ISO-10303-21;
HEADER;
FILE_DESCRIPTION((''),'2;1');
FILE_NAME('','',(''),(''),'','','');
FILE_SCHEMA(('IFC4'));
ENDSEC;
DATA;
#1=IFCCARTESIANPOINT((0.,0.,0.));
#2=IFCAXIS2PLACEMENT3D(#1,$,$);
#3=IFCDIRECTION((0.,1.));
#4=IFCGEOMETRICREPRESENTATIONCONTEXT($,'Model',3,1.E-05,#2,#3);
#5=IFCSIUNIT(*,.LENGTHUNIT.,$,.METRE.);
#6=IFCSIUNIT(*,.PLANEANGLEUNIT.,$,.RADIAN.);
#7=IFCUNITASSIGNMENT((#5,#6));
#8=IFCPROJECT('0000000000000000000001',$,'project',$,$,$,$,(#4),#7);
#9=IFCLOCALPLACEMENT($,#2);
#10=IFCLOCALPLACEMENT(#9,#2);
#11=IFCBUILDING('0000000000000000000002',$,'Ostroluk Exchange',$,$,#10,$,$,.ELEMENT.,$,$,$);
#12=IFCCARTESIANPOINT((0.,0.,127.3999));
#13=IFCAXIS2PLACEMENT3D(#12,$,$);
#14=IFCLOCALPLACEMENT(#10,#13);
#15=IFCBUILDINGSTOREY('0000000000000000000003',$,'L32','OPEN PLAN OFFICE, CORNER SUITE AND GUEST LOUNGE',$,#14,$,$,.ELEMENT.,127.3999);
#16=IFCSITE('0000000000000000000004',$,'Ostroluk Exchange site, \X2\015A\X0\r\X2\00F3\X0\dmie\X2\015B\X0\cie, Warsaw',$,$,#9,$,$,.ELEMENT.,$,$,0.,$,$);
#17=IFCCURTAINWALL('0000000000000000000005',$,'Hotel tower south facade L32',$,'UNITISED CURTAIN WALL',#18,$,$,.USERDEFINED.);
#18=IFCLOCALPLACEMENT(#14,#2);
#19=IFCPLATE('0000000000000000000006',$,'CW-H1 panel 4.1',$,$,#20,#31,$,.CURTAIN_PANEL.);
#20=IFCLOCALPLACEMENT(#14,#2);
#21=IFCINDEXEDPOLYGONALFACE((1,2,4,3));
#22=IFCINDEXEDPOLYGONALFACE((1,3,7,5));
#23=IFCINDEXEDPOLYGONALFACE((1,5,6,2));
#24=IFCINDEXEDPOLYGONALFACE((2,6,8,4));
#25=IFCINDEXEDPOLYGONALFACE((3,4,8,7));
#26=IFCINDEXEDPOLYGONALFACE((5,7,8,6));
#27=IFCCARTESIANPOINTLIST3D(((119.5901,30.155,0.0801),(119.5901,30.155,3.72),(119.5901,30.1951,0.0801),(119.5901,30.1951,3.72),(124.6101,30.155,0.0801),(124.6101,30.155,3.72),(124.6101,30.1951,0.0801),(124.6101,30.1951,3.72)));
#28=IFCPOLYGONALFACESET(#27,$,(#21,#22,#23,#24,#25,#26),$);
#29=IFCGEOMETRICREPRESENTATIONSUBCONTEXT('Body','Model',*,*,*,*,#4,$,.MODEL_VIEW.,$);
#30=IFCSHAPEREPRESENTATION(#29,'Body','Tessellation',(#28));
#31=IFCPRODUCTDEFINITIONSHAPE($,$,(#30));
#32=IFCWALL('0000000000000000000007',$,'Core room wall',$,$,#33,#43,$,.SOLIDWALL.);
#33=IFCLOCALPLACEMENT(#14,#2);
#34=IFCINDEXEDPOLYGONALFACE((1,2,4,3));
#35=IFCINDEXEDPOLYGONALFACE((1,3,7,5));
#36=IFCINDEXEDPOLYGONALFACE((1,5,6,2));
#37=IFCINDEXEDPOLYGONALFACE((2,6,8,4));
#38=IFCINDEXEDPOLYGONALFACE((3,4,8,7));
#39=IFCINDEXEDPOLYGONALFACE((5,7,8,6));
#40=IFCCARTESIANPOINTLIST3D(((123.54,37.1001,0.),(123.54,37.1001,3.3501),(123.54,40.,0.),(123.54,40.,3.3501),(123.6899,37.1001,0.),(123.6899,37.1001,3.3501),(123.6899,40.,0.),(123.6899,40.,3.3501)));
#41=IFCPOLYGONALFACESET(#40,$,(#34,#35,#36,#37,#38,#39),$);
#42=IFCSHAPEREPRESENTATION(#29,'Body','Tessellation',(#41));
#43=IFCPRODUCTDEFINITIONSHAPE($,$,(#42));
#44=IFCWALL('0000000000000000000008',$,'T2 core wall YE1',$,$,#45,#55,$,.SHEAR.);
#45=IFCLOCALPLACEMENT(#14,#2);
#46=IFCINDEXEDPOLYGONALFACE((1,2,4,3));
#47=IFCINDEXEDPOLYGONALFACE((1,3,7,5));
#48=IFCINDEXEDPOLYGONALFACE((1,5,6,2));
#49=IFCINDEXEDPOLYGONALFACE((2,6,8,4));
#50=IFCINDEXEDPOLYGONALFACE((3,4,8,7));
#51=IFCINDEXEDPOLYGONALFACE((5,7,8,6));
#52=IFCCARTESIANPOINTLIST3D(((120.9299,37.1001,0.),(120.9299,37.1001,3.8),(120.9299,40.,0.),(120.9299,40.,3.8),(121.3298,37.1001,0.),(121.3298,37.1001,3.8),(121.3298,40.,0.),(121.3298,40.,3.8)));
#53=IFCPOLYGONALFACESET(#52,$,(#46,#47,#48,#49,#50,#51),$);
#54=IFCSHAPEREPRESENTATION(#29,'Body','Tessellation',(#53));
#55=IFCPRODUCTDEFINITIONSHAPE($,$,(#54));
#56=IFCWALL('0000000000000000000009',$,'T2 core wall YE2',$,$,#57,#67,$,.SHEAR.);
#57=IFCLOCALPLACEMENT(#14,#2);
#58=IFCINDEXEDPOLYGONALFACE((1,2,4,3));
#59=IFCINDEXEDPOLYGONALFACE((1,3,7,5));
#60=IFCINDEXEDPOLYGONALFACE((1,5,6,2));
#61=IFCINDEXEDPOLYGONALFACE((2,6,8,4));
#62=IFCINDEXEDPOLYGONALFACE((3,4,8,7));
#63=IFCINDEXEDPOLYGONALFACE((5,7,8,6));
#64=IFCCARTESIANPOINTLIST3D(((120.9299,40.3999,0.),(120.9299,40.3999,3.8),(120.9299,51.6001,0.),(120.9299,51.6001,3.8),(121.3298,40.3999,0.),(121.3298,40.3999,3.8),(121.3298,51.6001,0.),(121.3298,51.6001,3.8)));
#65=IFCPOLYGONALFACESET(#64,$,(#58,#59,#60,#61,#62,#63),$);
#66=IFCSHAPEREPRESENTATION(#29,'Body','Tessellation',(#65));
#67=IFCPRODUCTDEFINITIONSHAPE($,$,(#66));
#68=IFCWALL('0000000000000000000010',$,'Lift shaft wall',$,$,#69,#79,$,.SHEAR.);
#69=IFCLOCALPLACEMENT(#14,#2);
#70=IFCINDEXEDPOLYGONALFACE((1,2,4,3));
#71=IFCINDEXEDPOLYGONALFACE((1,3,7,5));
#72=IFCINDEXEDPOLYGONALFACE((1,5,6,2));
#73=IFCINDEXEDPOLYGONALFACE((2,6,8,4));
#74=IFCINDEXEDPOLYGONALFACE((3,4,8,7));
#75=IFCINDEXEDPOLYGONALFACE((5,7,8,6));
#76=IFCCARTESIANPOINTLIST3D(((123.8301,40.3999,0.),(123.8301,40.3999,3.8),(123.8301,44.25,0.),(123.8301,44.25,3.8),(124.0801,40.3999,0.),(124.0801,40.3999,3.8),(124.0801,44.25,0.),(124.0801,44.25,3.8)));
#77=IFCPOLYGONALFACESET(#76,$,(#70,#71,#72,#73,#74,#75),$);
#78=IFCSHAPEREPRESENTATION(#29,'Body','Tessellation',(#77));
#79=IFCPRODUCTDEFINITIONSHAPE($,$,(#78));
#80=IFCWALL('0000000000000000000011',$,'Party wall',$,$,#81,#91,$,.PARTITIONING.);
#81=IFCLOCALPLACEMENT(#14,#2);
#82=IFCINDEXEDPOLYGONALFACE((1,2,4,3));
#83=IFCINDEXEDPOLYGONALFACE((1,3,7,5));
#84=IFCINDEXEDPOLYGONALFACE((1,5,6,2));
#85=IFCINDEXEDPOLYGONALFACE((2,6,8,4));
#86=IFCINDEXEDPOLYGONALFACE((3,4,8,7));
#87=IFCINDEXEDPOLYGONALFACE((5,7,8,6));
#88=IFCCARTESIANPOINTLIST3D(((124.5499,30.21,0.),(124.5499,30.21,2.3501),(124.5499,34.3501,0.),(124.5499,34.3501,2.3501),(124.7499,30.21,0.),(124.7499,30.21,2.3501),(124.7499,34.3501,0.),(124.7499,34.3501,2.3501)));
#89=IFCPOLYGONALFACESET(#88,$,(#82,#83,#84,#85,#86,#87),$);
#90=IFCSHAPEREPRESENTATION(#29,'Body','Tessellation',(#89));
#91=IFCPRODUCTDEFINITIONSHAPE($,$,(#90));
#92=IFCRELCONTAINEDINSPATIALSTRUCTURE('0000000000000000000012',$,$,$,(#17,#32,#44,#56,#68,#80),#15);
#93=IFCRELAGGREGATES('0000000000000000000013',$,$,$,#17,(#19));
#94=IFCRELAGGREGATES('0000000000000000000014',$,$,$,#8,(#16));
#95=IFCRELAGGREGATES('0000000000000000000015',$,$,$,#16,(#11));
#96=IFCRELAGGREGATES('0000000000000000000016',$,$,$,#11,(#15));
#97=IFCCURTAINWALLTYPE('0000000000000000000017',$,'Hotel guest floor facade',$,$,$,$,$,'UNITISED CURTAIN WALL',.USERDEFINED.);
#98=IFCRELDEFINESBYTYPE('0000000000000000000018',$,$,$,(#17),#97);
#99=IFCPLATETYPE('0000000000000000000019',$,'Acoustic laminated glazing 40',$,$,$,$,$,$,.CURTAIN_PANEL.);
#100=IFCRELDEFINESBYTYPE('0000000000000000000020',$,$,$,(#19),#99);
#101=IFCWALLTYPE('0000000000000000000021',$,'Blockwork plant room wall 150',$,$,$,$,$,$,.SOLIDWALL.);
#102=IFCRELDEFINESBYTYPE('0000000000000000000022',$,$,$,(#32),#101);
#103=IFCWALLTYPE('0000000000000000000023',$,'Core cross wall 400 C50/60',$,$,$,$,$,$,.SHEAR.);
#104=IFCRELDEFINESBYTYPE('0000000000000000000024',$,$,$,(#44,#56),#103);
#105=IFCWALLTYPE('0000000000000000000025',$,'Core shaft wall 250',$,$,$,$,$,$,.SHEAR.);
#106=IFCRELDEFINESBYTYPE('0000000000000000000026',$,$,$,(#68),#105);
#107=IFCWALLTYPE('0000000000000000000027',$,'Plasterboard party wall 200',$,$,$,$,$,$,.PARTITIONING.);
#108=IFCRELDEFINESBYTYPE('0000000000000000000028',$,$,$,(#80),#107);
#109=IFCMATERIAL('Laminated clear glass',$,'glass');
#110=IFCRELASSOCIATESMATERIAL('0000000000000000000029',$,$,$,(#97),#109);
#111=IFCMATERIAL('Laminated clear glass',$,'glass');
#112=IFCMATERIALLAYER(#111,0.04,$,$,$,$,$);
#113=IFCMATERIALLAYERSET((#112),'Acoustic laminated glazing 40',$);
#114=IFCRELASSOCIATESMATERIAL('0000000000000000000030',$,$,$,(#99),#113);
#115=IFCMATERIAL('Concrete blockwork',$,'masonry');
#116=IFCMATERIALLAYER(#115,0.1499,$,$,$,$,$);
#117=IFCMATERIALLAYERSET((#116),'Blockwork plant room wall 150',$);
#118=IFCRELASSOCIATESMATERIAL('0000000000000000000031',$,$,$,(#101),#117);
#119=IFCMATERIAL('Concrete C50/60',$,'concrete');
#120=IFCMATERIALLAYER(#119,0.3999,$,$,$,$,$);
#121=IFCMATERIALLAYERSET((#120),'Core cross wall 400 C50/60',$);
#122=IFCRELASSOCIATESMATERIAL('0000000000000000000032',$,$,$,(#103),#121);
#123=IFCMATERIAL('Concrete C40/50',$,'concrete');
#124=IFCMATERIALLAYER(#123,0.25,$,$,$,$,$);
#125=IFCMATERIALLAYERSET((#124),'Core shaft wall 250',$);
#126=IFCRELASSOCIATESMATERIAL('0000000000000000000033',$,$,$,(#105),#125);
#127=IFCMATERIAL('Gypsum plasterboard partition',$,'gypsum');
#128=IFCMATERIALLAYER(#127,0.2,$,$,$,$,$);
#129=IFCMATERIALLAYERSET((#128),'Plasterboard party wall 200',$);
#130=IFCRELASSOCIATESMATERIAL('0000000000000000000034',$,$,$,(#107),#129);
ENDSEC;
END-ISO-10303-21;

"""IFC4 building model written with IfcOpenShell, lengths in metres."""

from ifc_helpers import new_model, si_unit, direction, frame, frame_2d, origin, origin_2d, place, context, subcontext, project, spatial, rectangle, extrude, material, layer, layer_set, type_object, element, aggregate, save


model = new_model("IFC4")

# Units and contexts
model_context = context("Model", 3, precision=1e-05, world=origin(), true_north=direction((0.0, 1.0)))
body_context = subcontext(model_context, "Body", "Model", "MODEL_VIEW")
ifc_project = project(units=[si_unit("LENGTHUNIT", "METRE"), si_unit("PLANEANGLEUNIT", "RADIAN")], contexts=[model_context])

# Site, building, storey
site_placement = place(None, origin())
site = spatial("IfcSite", under=ifc_project, at=site_placement, Name="Ostroluk Exchange site, Śródmieście, Warsaw", CompositionType="ELEMENT", RefElevation=0.0)
building_placement = place(site_placement, origin())
building = spatial("IfcBuilding", under=site, at=building_placement, Name="Ostroluk Exchange", CompositionType="ELEMENT")
storey_placement = place(building_placement, frame((0.0, 0.0, 127.3999)))
storey = spatial("IfcBuildingStorey", under=building, at=storey_placement, Name="L32", Description="OPEN PLAN OFFICE, CORNER SUITE AND GUEST LOUNGE", CompositionType="ELEMENT", Elevation=127.3999)

# Curtain wall, plate
ifc_material_1 = material(Name="Laminated clear glass", Category="glass")
curtain_wall_type = type_object("IfcCurtainWallType", Name="Hotel guest floor facade", ElementType="UNITISED CURTAIN WALL", PredefinedType="USERDEFINED", material=ifc_material_1)
curtain_wall_placement = place(storey_placement, origin())
curtain_wall = element("IfcCurtainWall", 1, at=curtain_wall_placement, inside=storey, type_object=curtain_wall_type, Name="Hotel tower south facade L32", ObjectType="UNITISED CURTAIN WALL", PredefinedType="USERDEFINED")
ifc_material_2 = material(Name="Laminated clear glass", Category="glass")
ifc_layer_1 = layer(ifc_material_2, 0.04)
ifc_layer_set_1 = layer_set([ifc_layer_1], Name="Acoustic laminated glazing 40")
plate_type = type_object("IfcPlateType", Name="Acoustic laminated glazing 40", PredefinedType="CURTAIN_PANEL", material=ifc_layer_set_1)
plate_placement = place(storey_placement, frame((122.1001, 30.175, 0.0801), z_axis=(0.0, 0.0, 1.0), x_axis=(1.0, 0.0, 0.0)))
plate = element("IfcPlate", 2, at=plate_placement, type_object=plate_type, Name="CW-H1 panel 4.1", PredefinedType="CURTAIN_PANEL", context=body_context, shape_type="SweptSolid", body=[
    extrude(rectangle(XDim=5.02, YDim=0.04, at=origin_2d()), origin(), (0.0, 0.0, 1.0), 3.6399),
])
aggregate(curtain_wall, [plate])

# Walls
ifc_material_3 = material(Name="Concrete blockwork", Category="masonry")
ifc_layer_2 = layer(ifc_material_3, 0.1499)
ifc_layer_set_2 = layer_set([ifc_layer_2], Name="Blockwork plant room wall 150")
wall_type_1 = type_object("IfcWallType", Name="Blockwork plant room wall 150", PredefinedType="SOLIDWALL", material=ifc_layer_set_2)
wall_1_placement = place(storey_placement, frame((123.615, 37.1001, 0.0), z_axis=(0.0, 0.0, 1.0), x_axis=(0.0, 1.0, 0.0)))
element("IfcWall", 3, at=wall_1_placement, inside=storey, type_object=wall_type_1, Name="Core room wall", PredefinedType="SOLIDWALL", context=body_context, shape_type="SweptSolid", body=[
    extrude(rectangle(XDim=2.8999, YDim=0.1499, at=frame_2d((1.45, 0.0))), origin(), (0.0, 0.0, 1.0), 3.3501),
])
ifc_material_4 = material(Name="Concrete C50/60", Category="concrete")
ifc_layer_3 = layer(ifc_material_4, 0.3999)
ifc_layer_set_3 = layer_set([ifc_layer_3], Name="Core cross wall 400 C50/60")
wall_type_2 = type_object("IfcWallType", Name="Core cross wall 400 C50/60", PredefinedType="SHEAR", material=ifc_layer_set_3)
wall_2_placement = place(storey_placement, frame((121.1299, 37.1001, 0.0), z_axis=(0.0, 0.0, 1.0), x_axis=(0.0, 1.0, 0.0)))
element("IfcWall", 4, at=wall_2_placement, inside=storey, type_object=wall_type_2, Name="T2 core wall YE1", PredefinedType="SHEAR", context=body_context, shape_type="SweptSolid", body=[
    extrude(rectangle(XDim=2.8999, YDim=0.3999, at=frame_2d((1.45, 0.0))), origin(), (0.0, 0.0, 1.0), 3.8),
])
wall_3_placement = place(storey_placement, frame((121.1299, 40.3999, 0.0), z_axis=(0.0, 0.0, 1.0), x_axis=(0.0, 1.0, 0.0)))
element("IfcWall", 5, at=wall_3_placement, inside=storey, type_object=wall_type_2, Name="T2 core wall YE2", PredefinedType="SHEAR", context=body_context, shape_type="SweptSolid", body=[
    extrude(rectangle(XDim=11.2002, YDim=0.3999, at=frame_2d((5.6001, 0.0))), origin(), (0.0, 0.0, 1.0), 3.8),
])
ifc_material_5 = material(Name="Concrete C40/50", Category="concrete")
ifc_layer_4 = layer(ifc_material_5, 0.25)
ifc_layer_set_4 = layer_set([ifc_layer_4], Name="Core shaft wall 250")
wall_type_3 = type_object("IfcWallType", Name="Core shaft wall 250", PredefinedType="SHEAR", material=ifc_layer_set_4)
wall_4_placement = place(storey_placement, frame((123.9551, 44.25, 0.0), z_axis=(0.0, 0.0, 1.0), x_axis=(0.0, -1.0, 0.0)))
element("IfcWall", 6, at=wall_4_placement, inside=storey, type_object=wall_type_3, Name="Lift shaft wall", PredefinedType="SHEAR", context=body_context, shape_type="SweptSolid", body=[
    extrude(rectangle(XDim=3.8501, YDim=0.25, at=frame_2d((1.925, 0.0))), origin(), (0.0, 0.0, 1.0), 3.8),
])

# Wall
ifc_material_6 = material(Name="Gypsum plasterboard partition", Category="gypsum")
ifc_layer_5 = layer(ifc_material_6, 0.2)
ifc_layer_set_5 = layer_set([ifc_layer_5], Name="Plasterboard party wall 200")
wall_type_4 = type_object("IfcWallType", Name="Plasterboard party wall 200", PredefinedType="PARTITIONING", material=ifc_layer_set_5)
wall_5_placement = place(storey_placement, frame((124.6499, 34.3501, 0.0), z_axis=(0.0, 0.0, 1.0), x_axis=(0.0, -1.0, 0.0)))
element("IfcWall", 7, at=wall_5_placement, inside=storey, type_object=wall_type_4, Name="Party wall", PredefinedType="PARTITIONING", context=body_context, shape_type="SweptSolid", body=[
    extrude(rectangle(XDim=4.1401, YDim=0.2, at=frame_2d((2.0701, 0.0))), origin(), (0.0, 0.0, 1.0), 2.3501),
])

save(model, "model.ifc")
